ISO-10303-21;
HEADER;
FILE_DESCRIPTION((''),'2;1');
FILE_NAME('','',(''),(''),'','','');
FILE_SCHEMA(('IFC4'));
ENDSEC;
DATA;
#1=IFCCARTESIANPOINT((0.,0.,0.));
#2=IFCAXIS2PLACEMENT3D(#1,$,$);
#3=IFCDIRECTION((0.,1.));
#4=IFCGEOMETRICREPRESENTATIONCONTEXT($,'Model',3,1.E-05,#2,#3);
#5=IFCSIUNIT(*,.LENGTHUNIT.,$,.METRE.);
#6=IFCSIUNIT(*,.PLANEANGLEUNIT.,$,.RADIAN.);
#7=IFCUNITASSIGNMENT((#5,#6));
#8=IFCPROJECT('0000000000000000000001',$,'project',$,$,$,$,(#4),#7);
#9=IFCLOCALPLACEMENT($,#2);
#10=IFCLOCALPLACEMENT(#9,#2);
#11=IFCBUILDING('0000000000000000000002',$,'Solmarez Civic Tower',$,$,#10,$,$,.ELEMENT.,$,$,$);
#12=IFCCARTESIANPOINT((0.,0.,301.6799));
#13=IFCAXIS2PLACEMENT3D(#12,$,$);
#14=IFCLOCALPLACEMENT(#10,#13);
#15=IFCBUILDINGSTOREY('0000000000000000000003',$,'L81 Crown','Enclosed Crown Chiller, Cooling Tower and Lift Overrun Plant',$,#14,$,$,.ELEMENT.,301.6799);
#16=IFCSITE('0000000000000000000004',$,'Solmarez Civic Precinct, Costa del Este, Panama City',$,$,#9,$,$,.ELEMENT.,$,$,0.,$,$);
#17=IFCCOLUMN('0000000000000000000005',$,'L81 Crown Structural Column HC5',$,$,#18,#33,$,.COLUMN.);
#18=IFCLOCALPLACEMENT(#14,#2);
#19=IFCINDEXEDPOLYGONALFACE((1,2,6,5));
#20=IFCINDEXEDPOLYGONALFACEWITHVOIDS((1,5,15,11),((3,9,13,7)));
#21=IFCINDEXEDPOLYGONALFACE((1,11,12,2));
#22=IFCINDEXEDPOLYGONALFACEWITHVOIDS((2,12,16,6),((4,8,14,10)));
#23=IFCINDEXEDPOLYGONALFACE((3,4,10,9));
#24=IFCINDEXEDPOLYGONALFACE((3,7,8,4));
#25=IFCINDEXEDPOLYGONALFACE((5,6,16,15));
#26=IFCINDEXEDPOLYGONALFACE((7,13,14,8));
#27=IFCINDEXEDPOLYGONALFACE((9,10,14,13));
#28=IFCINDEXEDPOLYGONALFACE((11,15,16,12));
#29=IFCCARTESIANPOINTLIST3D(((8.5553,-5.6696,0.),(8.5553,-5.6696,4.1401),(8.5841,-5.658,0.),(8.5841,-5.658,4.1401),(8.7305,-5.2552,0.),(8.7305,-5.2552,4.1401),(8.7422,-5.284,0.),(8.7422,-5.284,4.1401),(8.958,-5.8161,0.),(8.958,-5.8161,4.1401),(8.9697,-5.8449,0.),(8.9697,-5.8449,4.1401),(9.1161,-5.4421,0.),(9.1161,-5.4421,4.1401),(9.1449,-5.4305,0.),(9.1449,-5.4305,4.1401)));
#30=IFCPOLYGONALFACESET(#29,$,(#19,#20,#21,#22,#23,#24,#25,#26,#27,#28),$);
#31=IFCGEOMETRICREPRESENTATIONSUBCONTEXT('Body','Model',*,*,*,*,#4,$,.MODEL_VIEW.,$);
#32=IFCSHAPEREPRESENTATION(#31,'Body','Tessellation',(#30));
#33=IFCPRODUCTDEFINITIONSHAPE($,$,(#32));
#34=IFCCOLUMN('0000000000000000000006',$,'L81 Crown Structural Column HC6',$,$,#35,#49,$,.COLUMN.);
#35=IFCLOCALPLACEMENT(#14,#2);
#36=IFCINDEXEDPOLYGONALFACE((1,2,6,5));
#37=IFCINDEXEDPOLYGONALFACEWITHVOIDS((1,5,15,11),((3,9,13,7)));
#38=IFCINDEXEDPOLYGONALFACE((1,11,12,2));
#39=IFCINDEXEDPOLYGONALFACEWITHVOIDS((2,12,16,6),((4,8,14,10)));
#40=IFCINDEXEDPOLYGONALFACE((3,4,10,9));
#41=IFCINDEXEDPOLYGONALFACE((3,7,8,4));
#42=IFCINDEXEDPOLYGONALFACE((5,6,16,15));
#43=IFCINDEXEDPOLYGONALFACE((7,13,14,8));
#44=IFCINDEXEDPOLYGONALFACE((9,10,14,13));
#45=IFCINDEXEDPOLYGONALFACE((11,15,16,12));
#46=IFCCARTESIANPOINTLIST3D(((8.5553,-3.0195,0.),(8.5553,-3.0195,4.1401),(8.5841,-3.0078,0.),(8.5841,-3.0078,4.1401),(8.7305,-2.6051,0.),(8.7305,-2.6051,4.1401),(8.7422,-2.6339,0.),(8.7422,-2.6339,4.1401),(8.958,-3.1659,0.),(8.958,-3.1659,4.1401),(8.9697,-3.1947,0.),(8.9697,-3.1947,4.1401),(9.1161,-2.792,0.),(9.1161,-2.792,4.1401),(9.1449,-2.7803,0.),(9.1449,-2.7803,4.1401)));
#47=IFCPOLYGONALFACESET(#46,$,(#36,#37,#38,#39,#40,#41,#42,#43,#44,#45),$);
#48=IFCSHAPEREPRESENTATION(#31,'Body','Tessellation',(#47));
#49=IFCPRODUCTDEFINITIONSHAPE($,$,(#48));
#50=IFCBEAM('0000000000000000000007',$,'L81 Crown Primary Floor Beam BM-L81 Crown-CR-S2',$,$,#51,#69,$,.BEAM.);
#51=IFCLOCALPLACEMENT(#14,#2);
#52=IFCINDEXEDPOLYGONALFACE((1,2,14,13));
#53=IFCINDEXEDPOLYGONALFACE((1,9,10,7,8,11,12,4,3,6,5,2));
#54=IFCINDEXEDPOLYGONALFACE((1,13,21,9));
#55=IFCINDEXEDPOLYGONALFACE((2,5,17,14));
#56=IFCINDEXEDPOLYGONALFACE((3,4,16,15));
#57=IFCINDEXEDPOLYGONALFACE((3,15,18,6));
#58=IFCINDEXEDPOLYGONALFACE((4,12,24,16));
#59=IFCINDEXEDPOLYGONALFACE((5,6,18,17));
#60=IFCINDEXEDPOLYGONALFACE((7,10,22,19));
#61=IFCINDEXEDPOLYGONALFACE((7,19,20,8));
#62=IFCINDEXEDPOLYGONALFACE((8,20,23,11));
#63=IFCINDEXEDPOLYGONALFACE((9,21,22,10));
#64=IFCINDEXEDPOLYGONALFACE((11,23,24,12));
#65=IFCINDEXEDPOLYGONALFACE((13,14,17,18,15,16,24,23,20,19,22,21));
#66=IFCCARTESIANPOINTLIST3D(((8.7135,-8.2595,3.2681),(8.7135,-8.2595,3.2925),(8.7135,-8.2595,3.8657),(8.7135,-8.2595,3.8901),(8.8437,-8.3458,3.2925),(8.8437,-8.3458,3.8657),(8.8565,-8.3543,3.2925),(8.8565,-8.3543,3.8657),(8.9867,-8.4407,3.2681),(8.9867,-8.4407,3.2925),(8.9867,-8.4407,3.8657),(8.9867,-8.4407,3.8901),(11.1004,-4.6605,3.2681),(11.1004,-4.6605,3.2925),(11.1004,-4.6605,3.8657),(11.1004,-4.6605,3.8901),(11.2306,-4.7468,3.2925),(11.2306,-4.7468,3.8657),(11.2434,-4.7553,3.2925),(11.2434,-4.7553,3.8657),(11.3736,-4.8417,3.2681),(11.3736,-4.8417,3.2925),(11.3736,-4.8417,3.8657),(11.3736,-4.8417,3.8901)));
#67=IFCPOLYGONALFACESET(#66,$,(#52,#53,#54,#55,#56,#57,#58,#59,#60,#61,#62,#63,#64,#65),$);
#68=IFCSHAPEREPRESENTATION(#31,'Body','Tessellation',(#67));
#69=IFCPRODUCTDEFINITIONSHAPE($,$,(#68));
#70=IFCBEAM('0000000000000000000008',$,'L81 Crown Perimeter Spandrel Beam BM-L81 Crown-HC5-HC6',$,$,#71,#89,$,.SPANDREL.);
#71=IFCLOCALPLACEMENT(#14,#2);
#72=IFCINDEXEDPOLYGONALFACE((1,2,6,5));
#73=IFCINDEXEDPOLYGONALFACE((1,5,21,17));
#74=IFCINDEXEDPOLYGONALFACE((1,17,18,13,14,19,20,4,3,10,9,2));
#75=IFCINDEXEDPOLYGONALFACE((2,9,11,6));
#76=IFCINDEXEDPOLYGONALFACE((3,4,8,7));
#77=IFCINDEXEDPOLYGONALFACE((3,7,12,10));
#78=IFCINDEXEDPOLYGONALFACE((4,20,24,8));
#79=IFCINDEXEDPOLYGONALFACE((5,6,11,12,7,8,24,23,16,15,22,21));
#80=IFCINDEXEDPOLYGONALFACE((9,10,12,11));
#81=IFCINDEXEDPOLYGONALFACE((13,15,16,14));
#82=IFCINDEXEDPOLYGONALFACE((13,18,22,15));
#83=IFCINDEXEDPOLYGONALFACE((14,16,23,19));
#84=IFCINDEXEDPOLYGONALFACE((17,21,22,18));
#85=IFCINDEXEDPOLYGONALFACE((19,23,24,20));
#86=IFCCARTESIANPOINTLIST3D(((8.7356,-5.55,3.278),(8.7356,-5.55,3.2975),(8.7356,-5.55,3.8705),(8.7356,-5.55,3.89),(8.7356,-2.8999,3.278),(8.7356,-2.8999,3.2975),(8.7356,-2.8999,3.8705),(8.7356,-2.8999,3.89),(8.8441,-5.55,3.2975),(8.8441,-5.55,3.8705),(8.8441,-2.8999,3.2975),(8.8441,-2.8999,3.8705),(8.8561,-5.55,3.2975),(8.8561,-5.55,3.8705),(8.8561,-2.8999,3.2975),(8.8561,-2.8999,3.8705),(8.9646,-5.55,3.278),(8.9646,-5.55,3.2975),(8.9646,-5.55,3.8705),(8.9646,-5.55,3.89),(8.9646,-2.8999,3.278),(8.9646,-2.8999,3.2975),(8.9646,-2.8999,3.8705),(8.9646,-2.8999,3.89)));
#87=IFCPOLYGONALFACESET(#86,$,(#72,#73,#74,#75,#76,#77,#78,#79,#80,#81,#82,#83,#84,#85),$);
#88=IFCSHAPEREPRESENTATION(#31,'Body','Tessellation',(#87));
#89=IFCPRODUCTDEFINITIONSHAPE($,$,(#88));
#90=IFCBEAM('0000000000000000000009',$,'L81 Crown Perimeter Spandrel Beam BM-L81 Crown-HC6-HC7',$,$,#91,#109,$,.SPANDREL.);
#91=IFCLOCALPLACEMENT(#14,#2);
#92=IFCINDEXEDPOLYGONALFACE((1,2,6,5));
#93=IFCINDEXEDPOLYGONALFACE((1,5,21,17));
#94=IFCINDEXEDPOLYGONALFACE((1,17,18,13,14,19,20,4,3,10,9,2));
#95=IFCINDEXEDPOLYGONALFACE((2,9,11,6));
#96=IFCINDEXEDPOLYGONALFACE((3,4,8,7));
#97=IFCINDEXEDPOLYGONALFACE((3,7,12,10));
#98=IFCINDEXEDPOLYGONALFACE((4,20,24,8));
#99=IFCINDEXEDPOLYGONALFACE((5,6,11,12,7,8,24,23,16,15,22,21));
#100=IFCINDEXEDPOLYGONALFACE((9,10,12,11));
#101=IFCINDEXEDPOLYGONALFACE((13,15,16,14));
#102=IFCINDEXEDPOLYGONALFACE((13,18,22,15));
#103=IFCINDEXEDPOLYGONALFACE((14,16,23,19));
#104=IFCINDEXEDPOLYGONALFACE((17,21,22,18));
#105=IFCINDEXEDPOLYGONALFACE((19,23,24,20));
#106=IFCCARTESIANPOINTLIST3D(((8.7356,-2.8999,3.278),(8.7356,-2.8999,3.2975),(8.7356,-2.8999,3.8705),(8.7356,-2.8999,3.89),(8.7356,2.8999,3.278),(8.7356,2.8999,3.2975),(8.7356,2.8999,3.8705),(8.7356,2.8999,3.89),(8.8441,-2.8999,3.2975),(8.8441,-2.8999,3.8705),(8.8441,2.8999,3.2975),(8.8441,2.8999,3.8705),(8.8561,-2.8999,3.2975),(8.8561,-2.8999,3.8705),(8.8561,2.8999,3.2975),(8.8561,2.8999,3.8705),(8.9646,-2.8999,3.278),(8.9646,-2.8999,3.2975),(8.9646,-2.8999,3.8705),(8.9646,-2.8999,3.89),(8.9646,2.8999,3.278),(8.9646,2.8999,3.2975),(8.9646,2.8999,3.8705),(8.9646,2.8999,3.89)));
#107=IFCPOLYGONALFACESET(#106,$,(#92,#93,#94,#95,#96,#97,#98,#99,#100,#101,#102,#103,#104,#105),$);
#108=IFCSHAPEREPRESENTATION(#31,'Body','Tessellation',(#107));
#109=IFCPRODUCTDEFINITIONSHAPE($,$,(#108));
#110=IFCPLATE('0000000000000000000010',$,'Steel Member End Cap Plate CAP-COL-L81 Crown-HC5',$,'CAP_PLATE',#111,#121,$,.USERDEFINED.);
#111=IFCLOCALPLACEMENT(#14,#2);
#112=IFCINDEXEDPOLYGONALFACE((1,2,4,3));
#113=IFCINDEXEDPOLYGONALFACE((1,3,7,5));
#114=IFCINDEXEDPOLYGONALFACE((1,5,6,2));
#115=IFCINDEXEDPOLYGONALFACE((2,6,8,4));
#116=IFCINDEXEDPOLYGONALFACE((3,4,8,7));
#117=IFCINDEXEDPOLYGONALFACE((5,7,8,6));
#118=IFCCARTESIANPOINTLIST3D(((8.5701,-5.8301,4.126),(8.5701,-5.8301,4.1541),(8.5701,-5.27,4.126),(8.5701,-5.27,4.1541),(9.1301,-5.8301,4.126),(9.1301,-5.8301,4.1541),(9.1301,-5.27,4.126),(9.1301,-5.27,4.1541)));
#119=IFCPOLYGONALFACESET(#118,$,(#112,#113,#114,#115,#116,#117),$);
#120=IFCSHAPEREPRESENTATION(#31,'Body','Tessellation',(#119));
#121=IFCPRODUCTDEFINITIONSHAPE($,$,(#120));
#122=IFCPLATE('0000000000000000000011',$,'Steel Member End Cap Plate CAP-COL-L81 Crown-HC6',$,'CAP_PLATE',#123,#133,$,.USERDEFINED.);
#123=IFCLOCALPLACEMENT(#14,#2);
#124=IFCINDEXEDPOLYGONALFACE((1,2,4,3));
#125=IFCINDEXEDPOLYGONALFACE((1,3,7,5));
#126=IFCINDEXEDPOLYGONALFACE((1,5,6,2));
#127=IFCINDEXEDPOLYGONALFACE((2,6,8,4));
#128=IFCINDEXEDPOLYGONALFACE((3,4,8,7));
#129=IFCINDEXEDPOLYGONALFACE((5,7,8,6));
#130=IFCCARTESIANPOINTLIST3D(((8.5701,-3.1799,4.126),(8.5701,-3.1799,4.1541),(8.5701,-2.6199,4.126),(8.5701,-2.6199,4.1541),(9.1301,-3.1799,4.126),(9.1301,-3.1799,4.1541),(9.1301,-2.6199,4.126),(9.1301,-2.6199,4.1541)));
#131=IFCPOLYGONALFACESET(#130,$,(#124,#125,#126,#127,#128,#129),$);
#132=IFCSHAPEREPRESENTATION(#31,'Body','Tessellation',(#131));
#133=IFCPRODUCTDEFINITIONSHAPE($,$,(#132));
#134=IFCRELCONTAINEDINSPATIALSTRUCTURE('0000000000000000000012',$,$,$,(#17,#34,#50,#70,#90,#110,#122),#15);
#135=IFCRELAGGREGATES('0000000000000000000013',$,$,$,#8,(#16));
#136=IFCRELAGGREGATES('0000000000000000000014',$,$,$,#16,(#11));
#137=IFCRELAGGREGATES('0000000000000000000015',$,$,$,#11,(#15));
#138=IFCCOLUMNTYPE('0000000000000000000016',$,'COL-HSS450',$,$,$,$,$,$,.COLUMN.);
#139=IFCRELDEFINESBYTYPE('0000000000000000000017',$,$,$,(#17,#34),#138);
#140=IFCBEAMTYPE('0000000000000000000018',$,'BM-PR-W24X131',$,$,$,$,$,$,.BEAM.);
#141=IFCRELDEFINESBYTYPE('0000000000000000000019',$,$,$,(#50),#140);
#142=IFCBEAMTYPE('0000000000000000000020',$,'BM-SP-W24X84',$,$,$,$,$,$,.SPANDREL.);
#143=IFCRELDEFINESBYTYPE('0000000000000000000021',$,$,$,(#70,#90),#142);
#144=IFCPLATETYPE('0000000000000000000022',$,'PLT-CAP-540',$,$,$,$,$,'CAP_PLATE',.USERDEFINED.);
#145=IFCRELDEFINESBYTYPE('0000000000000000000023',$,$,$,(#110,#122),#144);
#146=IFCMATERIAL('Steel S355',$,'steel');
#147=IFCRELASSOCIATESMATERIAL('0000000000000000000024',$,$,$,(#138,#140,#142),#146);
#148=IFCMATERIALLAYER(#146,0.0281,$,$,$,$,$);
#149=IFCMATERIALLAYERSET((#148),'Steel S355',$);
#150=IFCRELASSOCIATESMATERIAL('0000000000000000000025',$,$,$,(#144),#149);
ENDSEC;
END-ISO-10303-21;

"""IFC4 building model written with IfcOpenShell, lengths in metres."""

from ifc_helpers import new_model, si_unit, direction, frame, origin, origin_2d, place, context, subcontext, project, spatial, rectangle, hollow_rectangle, i_section, extrude, material, layer, layer_set, material_profile, profile_set, type_object, element, save


model = new_model("IFC4")

# Units and contexts
model_context = context("Model", 3, precision=1e-05, world=origin(), true_north=direction((0.0, 1.0)))
body_context = subcontext(model_context, "Body", "Model", "MODEL_VIEW")
ifc_project = project(units=[si_unit("LENGTHUNIT", "METRE"), si_unit("PLANEANGLEUNIT", "RADIAN")], contexts=[model_context])

# Site, building, storey
site_placement = place(None, origin())
site = spatial("IfcSite", under=ifc_project, at=site_placement, Name="Solmarez Civic Precinct, Costa del Este, Panama City", CompositionType="ELEMENT", RefElevation=0.0)
building_placement = place(site_placement, origin())
building = spatial("IfcBuilding", under=site, at=building_placement, Name="Solmarez Civic Tower", CompositionType="ELEMENT")
storey_placement = place(building_placement, frame((0.0, 0.0, 301.6799)))
storey = spatial("IfcBuildingStorey", under=building, at=storey_placement, Name="L81 Crown", Description="Enclosed Crown Chiller, Cooling Tower and Lift Overrun Plant", CompositionType="ELEMENT", Elevation=301.6799)

# Columns
ifc_material_1 = material(Name="Steel S355", Category="steel")
ifc_material_profile_1 = material_profile(ifc_material_1, hollow_rectangle(XDim=0.45, YDim=0.45, WallThickness=0.022, at=origin_2d()), Name="HSS450X450X22")
ifc_profile_set_1 = profile_set([ifc_material_profile_1], Name="Steel S355")
column_type = type_object("IfcColumnType", Name="COL-HSS450", PredefinedType="COLUMN", material=ifc_profile_set_1)
for number, where, z_axis, x_axis, name in (
    (1, (8.8501, -5.55, 0.0), (0.0, 0.0, 1.0), (0.389445, 0.92105, 0.0), "L81 Crown Structural Column HC5"),
    (2, (8.8501, -2.8999, 0.0), (0.0, 0.0, 1.0), (0.389445, 0.92105, 0.0), "L81 Crown Structural Column HC6"),
):
    element("IfcColumn", number, at=place(storey_placement, frame(where, z_axis=z_axis, x_axis=x_axis)), inside=storey, type_object=column_type, Name=name, PredefinedType="COLUMN", context=body_context, shape_type="SweptSolid", body=[
        extrude(hollow_rectangle(XDim=0.45, YDim=0.45, WallThickness=0.022, at=origin_2d()), origin(), (0.0, 0.0, 1.0), 4.1401),
    ])

# Beams
ifc_material_profile_2 = material_profile(ifc_material_1, i_section(OverallWidth=0.3279, OverallDepth=0.6221, WebThickness=0.0154, FlangeThickness=0.0244, at=origin_2d()), Name="W24X131")
ifc_profile_set_2 = profile_set([ifc_material_profile_2], Name="Steel S355")
beam_type_1 = type_object("IfcBeamType", Name="BM-PR-W24X131", PredefinedType="BEAM", material=ifc_profile_set_2)
beam_1_placement = place(storey_placement, frame((8.8501, -8.3501, 3.5791), z_axis=(0.552703, 0.833379, 0.0), x_axis=(-0.833379, 0.552703, 0.0)))
element("IfcBeam", 3, at=beam_1_placement, inside=storey, type_object=beam_type_1, Name="L81 Crown Primary Floor Beam BM-L81 Crown-CR-S2", PredefinedType="BEAM", context=body_context, shape_type="SweptSolid", body=[
    extrude(i_section(OverallWidth=0.3279, OverallDepth=0.6221, WebThickness=0.0154, FlangeThickness=0.0244, at=origin_2d()), origin(), (0.0, 0.0, 1.0), 4.3186),
])
ifc_material_profile_3 = material_profile(ifc_material_1, i_section(OverallWidth=0.229, OverallDepth=0.6121, WebThickness=0.012, FlangeThickness=0.0195, at=origin_2d()), Name="W24X84")
ifc_profile_set_3 = profile_set([ifc_material_profile_3], Name="Steel S355")
beam_type_2 = type_object("IfcBeamType", Name="BM-SP-W24X84", PredefinedType="SPANDREL", material=ifc_profile_set_3)
beam_2_placement = place(storey_placement, frame((8.8501, -5.55, 3.584), z_axis=(0.0, 1.0, 0.0), x_axis=(-1.0, 0.0, 0.0)))
element("IfcBeam", 4, at=beam_2_placement, inside=storey, type_object=beam_type_2, Name="L81 Crown Perimeter Spandrel Beam BM-L81 Crown-HC5-HC6", PredefinedType="SPANDREL", context=body_context, shape_type="SweptSolid", body=[
    extrude(i_section(OverallWidth=0.229, OverallDepth=0.6121, WebThickness=0.012, FlangeThickness=0.0195, at=origin_2d()), origin(), (0.0, 0.0, 1.0), 2.6501),
])
beam_3_placement = place(storey_placement, frame((8.8501, -2.8999, 3.584), z_axis=(0.0, 1.0, 0.0), x_axis=(-1.0, 0.0, 0.0)))
element("IfcBeam", 5, at=beam_3_placement, inside=storey, type_object=beam_type_2, Name="L81 Crown Perimeter Spandrel Beam BM-L81 Crown-HC6-HC7", PredefinedType="SPANDREL", context=body_context, shape_type="SweptSolid", body=[
    extrude(i_section(OverallWidth=0.229, OverallDepth=0.6121, WebThickness=0.012, FlangeThickness=0.0195, at=origin_2d()), origin(), (0.0, 0.0, 1.0), 5.7998),
])

# Plates
ifc_layer_1 = layer(ifc_material_1, 0.0281)
ifc_layer_set_1 = layer_set([ifc_layer_1], Name="Steel S355")
plate_type = type_object("IfcPlateType", Name="PLT-CAP-540", ElementType="CAP_PLATE", PredefinedType="USERDEFINED", material=ifc_layer_set_1)
for number, where, z_axis, x_axis, name in (
    (6, (8.8501, -5.55, 4.126), (0.0, 0.0, 1.0), (1.0, 0.0, 0.0), "Steel Member End Cap Plate CAP-COL-L81 Crown-HC5"),
    (7, (8.8501, -2.8999, 4.126), (0.0, 0.0, 1.0), (1.0, 0.0, 0.0), "Steel Member End Cap Plate CAP-COL-L81 Crown-HC6"),
):
    element("IfcPlate", number, at=place(storey_placement, frame(where, z_axis=z_axis, x_axis=x_axis)), inside=storey, type_object=plate_type, Name=name, ObjectType="CAP_PLATE", PredefinedType="USERDEFINED", context=body_context, shape_type="SweptSolid", body=[
        extrude(rectangle(XDim=0.5601, YDim=0.5601, at=origin_2d()), origin(), (0.0, 0.0, 1.0), 0.0281),
    ])

save(model, "model.ifc")
